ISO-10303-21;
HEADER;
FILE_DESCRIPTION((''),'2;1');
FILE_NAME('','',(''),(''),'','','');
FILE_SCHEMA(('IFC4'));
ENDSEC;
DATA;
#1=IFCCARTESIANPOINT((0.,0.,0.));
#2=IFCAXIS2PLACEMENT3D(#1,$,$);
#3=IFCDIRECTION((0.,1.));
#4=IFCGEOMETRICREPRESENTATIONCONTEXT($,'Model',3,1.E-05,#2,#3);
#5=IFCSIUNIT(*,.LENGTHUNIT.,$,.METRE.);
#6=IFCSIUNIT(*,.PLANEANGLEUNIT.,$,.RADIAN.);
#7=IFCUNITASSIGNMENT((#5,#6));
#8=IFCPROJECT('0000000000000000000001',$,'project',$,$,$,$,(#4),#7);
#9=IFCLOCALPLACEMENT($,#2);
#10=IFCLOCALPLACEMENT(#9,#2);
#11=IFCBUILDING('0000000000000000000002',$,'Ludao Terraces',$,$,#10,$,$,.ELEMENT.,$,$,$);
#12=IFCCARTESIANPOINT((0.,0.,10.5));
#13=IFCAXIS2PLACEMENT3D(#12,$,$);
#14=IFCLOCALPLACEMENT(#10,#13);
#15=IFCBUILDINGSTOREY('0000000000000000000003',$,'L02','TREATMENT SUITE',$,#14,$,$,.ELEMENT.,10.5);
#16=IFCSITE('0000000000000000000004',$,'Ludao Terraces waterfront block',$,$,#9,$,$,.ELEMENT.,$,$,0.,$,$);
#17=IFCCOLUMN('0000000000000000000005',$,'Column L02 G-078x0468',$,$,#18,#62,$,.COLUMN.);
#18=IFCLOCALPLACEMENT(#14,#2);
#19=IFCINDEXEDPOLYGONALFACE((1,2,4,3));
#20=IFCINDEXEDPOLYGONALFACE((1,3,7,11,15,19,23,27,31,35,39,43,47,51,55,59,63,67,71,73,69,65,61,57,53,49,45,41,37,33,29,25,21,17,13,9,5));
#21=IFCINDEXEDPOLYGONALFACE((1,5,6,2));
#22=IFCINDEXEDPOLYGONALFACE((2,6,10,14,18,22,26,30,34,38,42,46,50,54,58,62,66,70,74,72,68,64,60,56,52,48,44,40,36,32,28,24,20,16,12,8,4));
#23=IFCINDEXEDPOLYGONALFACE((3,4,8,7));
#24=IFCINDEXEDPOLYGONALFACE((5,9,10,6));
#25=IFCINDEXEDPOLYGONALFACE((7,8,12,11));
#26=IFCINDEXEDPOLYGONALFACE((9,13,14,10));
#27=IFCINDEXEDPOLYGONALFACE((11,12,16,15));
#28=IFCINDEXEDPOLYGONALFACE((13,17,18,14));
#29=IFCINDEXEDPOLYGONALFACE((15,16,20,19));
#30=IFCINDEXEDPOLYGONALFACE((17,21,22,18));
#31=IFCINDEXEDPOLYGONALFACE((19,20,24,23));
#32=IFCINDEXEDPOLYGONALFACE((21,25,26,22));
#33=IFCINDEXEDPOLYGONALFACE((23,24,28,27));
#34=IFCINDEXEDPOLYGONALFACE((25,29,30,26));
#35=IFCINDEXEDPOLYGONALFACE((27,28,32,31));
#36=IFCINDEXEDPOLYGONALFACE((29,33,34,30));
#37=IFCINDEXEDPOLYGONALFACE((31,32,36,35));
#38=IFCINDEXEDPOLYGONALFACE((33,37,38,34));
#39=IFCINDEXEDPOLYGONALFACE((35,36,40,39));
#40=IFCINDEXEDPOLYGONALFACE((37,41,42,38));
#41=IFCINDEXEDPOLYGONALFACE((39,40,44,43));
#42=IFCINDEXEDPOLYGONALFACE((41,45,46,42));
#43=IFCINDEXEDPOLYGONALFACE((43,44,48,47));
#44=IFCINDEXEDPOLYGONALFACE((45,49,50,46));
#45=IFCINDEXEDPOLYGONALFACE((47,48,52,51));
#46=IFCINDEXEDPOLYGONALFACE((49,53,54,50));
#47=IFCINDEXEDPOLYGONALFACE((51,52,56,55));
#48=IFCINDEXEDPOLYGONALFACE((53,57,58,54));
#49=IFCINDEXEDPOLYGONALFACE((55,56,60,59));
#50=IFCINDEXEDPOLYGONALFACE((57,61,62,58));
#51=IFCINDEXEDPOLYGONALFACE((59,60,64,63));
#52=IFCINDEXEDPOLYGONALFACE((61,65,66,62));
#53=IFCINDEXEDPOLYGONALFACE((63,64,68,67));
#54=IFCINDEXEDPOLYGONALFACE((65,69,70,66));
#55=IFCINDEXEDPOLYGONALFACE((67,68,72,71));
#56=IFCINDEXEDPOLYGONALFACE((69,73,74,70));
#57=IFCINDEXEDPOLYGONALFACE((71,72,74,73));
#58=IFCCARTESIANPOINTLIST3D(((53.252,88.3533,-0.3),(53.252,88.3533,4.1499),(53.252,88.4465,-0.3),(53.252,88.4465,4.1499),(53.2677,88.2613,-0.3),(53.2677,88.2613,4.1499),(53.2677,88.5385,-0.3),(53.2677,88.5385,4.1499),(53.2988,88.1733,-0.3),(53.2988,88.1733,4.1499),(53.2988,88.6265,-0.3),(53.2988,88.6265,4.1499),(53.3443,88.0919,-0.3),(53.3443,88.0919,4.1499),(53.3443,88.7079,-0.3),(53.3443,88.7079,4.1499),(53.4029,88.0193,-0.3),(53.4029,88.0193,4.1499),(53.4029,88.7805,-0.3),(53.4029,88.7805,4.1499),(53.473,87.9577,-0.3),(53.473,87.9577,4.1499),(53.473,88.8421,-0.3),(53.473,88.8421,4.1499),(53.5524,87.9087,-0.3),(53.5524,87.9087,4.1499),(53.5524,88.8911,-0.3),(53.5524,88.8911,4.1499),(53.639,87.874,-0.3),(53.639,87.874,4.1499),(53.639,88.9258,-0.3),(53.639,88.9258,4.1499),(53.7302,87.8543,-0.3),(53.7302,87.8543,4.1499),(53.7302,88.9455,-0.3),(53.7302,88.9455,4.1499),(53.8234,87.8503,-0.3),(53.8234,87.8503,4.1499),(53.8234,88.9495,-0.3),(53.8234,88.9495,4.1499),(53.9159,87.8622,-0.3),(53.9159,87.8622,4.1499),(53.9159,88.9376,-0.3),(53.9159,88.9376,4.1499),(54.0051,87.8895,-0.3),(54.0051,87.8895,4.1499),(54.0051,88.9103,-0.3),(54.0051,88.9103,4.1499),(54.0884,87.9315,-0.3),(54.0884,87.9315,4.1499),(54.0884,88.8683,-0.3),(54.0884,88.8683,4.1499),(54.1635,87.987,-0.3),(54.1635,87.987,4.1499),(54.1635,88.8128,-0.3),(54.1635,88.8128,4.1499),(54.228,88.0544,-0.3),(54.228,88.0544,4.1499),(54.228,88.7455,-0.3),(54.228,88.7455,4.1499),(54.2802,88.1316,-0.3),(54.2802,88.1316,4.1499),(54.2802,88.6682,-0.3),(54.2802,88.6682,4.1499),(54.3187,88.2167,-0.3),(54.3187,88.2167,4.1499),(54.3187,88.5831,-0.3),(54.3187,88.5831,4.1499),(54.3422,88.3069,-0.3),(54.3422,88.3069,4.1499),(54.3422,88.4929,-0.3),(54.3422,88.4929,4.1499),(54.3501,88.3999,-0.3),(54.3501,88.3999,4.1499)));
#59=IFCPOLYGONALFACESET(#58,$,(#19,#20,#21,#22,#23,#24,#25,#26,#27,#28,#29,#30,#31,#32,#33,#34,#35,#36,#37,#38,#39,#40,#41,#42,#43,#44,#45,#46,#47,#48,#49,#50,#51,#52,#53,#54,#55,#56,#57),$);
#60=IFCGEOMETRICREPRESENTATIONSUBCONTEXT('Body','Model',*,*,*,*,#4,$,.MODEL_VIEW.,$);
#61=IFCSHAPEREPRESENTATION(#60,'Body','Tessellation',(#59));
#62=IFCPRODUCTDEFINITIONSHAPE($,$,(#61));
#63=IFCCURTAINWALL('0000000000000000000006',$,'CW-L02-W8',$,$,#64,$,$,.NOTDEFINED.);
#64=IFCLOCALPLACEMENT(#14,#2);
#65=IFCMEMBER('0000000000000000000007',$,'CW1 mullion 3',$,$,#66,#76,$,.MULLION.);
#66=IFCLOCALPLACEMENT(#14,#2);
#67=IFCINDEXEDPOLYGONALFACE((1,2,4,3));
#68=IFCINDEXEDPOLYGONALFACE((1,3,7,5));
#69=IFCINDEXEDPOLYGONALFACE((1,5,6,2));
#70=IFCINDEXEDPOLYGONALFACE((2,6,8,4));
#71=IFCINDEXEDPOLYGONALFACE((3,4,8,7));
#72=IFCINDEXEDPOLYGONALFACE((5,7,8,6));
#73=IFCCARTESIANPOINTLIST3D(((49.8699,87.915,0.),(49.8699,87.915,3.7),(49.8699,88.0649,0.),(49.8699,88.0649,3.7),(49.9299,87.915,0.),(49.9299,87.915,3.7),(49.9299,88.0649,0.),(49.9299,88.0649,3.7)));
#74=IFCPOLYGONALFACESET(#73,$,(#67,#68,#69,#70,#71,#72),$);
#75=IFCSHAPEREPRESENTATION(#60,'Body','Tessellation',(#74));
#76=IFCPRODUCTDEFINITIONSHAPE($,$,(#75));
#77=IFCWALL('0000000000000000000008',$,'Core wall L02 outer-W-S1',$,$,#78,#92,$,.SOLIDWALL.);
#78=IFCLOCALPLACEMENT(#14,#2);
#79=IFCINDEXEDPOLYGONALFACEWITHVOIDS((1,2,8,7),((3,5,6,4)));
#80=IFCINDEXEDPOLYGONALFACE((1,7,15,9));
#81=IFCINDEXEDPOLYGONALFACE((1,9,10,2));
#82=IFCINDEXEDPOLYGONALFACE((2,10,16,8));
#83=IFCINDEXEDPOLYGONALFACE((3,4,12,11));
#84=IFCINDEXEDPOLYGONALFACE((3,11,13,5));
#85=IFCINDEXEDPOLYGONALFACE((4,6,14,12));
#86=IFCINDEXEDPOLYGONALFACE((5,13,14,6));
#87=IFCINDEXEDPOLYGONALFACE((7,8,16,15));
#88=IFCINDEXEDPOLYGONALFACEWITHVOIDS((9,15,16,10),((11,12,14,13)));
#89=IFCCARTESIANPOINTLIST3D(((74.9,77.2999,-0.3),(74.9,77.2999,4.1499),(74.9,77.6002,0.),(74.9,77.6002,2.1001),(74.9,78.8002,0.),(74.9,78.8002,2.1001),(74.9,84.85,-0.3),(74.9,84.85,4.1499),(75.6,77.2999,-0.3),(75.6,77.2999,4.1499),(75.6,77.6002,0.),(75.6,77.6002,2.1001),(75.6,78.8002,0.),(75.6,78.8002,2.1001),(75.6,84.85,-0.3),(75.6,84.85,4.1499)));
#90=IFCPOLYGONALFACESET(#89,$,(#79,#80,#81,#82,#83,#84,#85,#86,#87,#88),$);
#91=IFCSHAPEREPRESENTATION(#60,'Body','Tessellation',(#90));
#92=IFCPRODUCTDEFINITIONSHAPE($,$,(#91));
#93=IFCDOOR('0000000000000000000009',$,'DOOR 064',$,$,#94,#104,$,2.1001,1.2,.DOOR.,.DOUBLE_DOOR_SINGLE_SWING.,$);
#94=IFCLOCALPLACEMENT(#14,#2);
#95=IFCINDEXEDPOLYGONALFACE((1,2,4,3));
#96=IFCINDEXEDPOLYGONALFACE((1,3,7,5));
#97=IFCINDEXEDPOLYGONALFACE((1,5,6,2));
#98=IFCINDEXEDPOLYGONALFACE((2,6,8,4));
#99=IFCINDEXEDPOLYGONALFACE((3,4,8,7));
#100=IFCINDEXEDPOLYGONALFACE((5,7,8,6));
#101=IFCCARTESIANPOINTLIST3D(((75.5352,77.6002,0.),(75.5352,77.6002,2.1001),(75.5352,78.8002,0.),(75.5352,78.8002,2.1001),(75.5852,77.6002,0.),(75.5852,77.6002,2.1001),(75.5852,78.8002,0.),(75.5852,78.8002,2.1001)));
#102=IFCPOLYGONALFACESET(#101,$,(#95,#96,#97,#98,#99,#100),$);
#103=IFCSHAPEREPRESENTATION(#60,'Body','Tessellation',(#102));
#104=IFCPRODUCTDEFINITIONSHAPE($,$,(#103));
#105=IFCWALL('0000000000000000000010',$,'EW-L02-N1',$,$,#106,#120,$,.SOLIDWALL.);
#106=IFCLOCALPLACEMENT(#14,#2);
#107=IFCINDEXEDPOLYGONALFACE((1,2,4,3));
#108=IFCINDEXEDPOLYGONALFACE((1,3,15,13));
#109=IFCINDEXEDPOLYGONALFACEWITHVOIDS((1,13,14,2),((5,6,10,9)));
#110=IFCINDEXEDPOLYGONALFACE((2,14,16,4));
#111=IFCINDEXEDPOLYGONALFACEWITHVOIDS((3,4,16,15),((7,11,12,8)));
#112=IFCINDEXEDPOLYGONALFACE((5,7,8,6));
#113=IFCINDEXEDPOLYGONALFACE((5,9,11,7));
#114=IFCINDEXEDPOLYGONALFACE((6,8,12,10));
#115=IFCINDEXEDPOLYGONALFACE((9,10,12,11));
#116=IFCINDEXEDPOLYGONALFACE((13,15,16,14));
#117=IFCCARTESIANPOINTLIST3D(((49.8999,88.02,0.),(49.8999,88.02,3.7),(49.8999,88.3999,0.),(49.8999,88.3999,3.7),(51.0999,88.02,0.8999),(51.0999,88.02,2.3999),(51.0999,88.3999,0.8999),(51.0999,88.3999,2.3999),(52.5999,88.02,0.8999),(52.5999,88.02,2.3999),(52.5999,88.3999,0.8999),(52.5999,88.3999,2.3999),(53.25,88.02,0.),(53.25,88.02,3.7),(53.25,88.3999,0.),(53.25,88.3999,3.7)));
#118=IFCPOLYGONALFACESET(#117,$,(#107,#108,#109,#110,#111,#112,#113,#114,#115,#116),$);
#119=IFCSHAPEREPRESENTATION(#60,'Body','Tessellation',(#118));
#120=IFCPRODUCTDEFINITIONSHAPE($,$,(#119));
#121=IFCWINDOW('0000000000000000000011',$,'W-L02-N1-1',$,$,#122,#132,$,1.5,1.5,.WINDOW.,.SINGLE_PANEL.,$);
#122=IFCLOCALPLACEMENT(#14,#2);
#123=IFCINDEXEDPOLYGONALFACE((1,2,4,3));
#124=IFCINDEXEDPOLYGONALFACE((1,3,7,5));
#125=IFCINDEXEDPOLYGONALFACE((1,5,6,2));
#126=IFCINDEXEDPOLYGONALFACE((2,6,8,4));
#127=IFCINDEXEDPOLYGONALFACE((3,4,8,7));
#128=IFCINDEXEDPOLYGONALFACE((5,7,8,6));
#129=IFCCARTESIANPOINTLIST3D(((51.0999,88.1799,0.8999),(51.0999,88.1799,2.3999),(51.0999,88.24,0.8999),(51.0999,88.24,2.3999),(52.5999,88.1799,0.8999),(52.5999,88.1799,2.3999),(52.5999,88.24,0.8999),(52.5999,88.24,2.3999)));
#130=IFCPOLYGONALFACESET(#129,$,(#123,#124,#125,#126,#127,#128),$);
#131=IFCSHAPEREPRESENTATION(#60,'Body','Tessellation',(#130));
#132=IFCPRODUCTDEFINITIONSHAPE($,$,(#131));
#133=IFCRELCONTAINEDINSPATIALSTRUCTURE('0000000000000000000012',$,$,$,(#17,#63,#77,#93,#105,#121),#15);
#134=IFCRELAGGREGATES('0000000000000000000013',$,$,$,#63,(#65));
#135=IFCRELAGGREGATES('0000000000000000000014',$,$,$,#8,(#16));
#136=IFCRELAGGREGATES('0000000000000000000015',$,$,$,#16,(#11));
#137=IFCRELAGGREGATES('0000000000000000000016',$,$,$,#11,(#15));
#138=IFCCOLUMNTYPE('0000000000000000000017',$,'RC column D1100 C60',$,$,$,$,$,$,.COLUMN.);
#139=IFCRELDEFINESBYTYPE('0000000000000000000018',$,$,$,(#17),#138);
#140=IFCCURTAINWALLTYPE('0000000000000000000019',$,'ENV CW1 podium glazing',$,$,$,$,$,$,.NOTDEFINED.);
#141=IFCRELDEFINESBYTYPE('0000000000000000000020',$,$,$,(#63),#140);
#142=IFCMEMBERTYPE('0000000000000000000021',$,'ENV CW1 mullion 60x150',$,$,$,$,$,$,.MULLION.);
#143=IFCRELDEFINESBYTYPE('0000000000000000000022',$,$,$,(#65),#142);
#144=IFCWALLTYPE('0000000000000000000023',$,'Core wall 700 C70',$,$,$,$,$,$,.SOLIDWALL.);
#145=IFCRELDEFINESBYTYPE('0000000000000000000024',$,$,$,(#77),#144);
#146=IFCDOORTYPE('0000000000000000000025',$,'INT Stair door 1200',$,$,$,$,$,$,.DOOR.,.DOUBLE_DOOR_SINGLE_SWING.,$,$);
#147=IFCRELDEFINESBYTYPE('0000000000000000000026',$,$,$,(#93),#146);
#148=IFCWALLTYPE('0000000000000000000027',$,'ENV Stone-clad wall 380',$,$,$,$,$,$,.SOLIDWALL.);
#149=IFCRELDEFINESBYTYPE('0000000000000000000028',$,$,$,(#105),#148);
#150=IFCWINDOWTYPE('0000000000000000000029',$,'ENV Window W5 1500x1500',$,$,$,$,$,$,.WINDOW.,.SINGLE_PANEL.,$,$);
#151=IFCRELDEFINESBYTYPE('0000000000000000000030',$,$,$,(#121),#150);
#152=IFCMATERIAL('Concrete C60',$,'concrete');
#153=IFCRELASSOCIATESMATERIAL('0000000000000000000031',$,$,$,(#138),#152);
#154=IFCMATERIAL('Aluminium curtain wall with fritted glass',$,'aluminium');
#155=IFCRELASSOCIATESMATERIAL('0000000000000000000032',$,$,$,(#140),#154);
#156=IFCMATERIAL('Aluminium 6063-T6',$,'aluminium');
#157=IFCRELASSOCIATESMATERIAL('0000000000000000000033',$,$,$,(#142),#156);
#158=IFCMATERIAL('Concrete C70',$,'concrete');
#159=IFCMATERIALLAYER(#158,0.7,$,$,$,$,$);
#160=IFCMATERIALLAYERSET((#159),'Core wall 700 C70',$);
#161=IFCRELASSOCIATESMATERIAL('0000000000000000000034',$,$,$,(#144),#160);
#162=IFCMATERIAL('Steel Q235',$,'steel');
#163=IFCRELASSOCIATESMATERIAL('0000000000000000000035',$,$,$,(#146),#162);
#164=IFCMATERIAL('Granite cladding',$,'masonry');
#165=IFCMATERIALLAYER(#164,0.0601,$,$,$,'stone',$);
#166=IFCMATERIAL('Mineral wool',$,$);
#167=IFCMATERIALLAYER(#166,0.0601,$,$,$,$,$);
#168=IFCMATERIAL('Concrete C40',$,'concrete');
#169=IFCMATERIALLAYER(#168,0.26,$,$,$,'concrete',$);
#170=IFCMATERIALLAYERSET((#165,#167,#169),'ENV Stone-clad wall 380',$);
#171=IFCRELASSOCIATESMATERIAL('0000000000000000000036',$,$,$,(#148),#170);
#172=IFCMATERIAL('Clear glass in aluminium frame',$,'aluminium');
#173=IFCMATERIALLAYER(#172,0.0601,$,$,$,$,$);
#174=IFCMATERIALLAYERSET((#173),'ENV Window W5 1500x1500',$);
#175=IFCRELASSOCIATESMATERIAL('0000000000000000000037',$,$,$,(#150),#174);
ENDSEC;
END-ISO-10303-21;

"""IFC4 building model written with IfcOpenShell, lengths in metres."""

from ifc_helpers import new_model, si_unit, direction, frame, frame_2d, origin, origin_2d, place, context, subcontext, project, spatial, rectangle, circle, extrude, material, layer, layer_set, material_profile, profile_set, type_object, element, fill, aggregate, save


model = new_model("IFC4")

# Units and contexts
model_context = context("Model", 3, precision=1e-05, world=origin(), true_north=direction((0.0, 1.0)))
body_context = subcontext(model_context, "Body", "Model", "MODEL_VIEW")
ifc_project = project(units=[si_unit("LENGTHUNIT", "METRE"), si_unit("PLANEANGLEUNIT", "RADIAN")], contexts=[model_context])

# Site, building, storey
site_placement = place(None, origin())
site = spatial("IfcSite", under=ifc_project, at=site_placement, Name="Ludao Terraces waterfront block", CompositionType="ELEMENT", RefElevation=0.0)
building_placement = place(site_placement, origin())
building = spatial("IfcBuilding", under=site, at=building_placement, Name="Ludao Terraces", CompositionType="ELEMENT")
storey_placement = place(building_placement, frame((0.0, 0.0, 10.5)))
storey = spatial("IfcBuildingStorey", under=building, at=storey_placement, Name="L02", Description="TREATMENT SUITE", CompositionType="ELEMENT", Elevation=10.5)

# Column
ifc_material_1 = material(Name="Concrete C60", Category="concrete")
ifc_material_profile_1 = material_profile(ifc_material_1, circle(Radius=0.55, at=origin_2d()), Name="D1100")
ifc_profile_set_1 = profile_set([ifc_material_profile_1], Name="Concrete C60")
column_type_1 = type_object("IfcColumnType", Name="RC column D1100 C60", PredefinedType="COLUMN", material=ifc_profile_set_1)
for number, where, z_axis, x_axis, name in (
    (1, (53.8, 88.3999, -0.3), (0.0, 0.0, 1.0), (1.0, 0.0, 0.0), "Column L02 G-078x0468"),
):
    element("IfcColumn", number, at=place(storey_placement, frame(where, z_axis=z_axis, x_axis=x_axis)), inside=storey, type_object=column_type_1, Name=name, PredefinedType="COLUMN", context=body_context, shape_type="SweptSolid", body=[
        extrude(circle(Radius=0.55, at=origin_2d()), origin(), (0.0, 0.0, 1.0), 4.45),
    ])

# Curtain wall, member
ifc_material_2 = material(Name="Aluminium curtain wall with fritted glass", Category="aluminium")
curtain_wall_type = type_object("IfcCurtainWallType", Name="ENV CW1 podium glazing", PredefinedType="NOTDEFINED", material=ifc_material_2)
curtain_wall_placement = place(storey_placement, origin())
curtain_wall = element("IfcCurtainWall", 2, at=curtain_wall_placement, inside=storey, type_object=curtain_wall_type, Name="CW-L02-W8", PredefinedType="NOTDEFINED")
ifc_material_3 = material(Name="Aluminium 6063-T6", Category="aluminium")
ifc_material_profile_2 = material_profile(ifc_material_3, rectangle(XDim=0.0601, YDim=0.1499, at=origin_2d()), Name="60 X 150")
ifc_profile_set_2 = profile_set([ifc_material_profile_2], Name="Aluminium 6063-T6")
member_type = type_object("IfcMemberType", Name="ENV CW1 mullion 60x150", PredefinedType="MULLION", material=ifc_profile_set_2)
member_placement = place(storey_placement, frame((49.8999, 87.99, 0.0), z_axis=(0.0, 0.0, 1.0), x_axis=(-1.0, 0.0, 0.0)))
member = element("IfcMember", 3, at=member_placement, type_object=member_type, Name="CW1 mullion 3", PredefinedType="MULLION", context=body_context, shape_type="SweptSolid", body=[
    extrude(rectangle(XDim=0.0601, YDim=0.1499, at=origin_2d()), origin(), (0.0, 0.0, 1.0), 3.7),
])
aggregate(curtain_wall, [member])

# Wall, opening, door
ifc_material_4 = material(Name="Concrete C70", Category="concrete")
ifc_layer_1 = layer(ifc_material_4, 0.7)
ifc_layer_set_1 = layer_set([ifc_layer_1], Name="Core wall 700 C70")
wall_type_1 = type_object("IfcWallType", Name="Core wall 700 C70", PredefinedType="SOLIDWALL", material=ifc_layer_set_1)
wall_1_placement = place(storey_placement, frame((75.25, 77.3, -0.3), z_axis=(0.0, 0.0, 1.0), x_axis=(0.0, 1.0, 0.0)))
wall_1 = element("IfcWall", 4, at=wall_1_placement, inside=storey, type_object=wall_type_1, Name="Core wall L02 outer-W-S1", PredefinedType="SOLIDWALL", context=body_context, shape_type="SweptSolid", body=[
    extrude(rectangle(XDim=7.55, YDim=0.7, at=frame_2d((3.7749, 0.0))), origin(), (0.0, 0.0, 1.0), 4.45),
])
opening_1_placement = place(wall_1_placement, frame((0.3, 0.0, 0.3)))
opening_1 = element("IfcOpeningElement", 5, at=opening_1_placement, cuts=wall_1, PredefinedType="OPENING", context=body_context, shape_type="SweptSolid", body=[
    extrude(rectangle(XDim=1.2, YDim=2.1001, at=frame_2d((0.6001, 1.05))), frame((0.0, 0.3599, 0.0), z_axis=(0.0, -1.0, 0.0), x_axis=(1.0, 0.0, 0.0)), (0.0, 0.0, 1.0), 0.72),
])
ifc_material_5 = material(Name="Steel Q235", Category="steel")
door_type_1 = type_object("IfcDoorType", Name="INT Stair door 1200", OperationType="DOUBLE_DOOR_SINGLE_SWING", PredefinedType="DOOR", material=ifc_material_5)
door_1_placement = place(opening_1_placement, origin())
door_1 = element("IfcDoor", 6, at=door_1_placement, inside=storey, type_object=door_type_1, Name="DOOR 064", OperationType="DOUBLE_DOOR_SINGLE_SWING", OverallHeight=2.1001, OverallWidth=1.2, PredefinedType="DOOR", context=body_context, shape_type="SweptSolid", body=[
    extrude(rectangle(XDim=1.2, YDim=2.1001, at=frame_2d((0.6001, 1.05))), frame((0.0, -0.2852, 0.0), z_axis=(0.0, -1.0, 0.0), x_axis=(1.0, 0.0, 0.0)), (0.0, 0.0, 1.0), 0.05),
])
fill(opening_1, door_1)

# Wall, opening, window
ifc_material_6 = material(Name="Granite cladding", Category="masonry")
ifc_layer_2 = layer(ifc_material_6, 0.0601, Category="stone")
ifc_material_7 = material(Name="Mineral wool")
ifc_layer_3 = layer(ifc_material_7, 0.0601)
ifc_material_8 = material(Name="Concrete C40", Category="concrete")
ifc_layer_4 = layer(ifc_material_8, 0.26, Category="concrete")
ifc_layer_set_2 = layer_set([ifc_layer_2, ifc_layer_3, ifc_layer_4], Name="ENV Stone-clad wall 380")
wall_type_2 = type_object("IfcWallType", Name="ENV Stone-clad wall 380", PredefinedType="SOLIDWALL", material=ifc_layer_set_2)
wall_2_placement = place(storey_placement, frame((49.8999, 88.21, 0.0), z_axis=(0.0, 0.0, 1.0), x_axis=(1.0, 0.0, 0.0)))
wall_2 = element("IfcWall", 7, at=wall_2_placement, inside=storey, type_object=wall_type_2, Name="EW-L02-N1", PredefinedType="SOLIDWALL", context=body_context, shape_type="SweptSolid", body=[
    extrude(rectangle(XDim=3.3501, YDim=0.3799, at=frame_2d((1.675, 0.0))), origin(), (0.0, 0.0, 1.0), 3.7),
])
opening_2_placement = place(wall_2_placement, frame((1.2, 0.0, 0.8999)))
opening_2 = element("IfcOpeningElement", 8, at=opening_2_placement, cuts=wall_2, PredefinedType="OPENING", context=body_context, shape_type="SweptSolid", body=[
    extrude(rectangle(XDim=1.5, YDim=1.5, at=frame_2d((0.75, 0.75))), frame((0.0, 0.2, 0.0), z_axis=(0.0, -1.0, 0.0), x_axis=(1.0, 0.0, 0.0)), (0.0, 0.0, 1.0), 0.3999),
])
ifc_material_9 = material(Name="Clear glass in aluminium frame", Category="aluminium")
ifc_layer_5 = layer(ifc_material_9, 0.0601)
ifc_layer_set_3 = layer_set([ifc_layer_5], Name="ENV Window W5 1500x1500")
window_type = type_object("IfcWindowType", Name="ENV Window W5 1500x1500", PartitioningType="SINGLE_PANEL", PredefinedType="WINDOW", material=ifc_layer_set_3)
window_1_placement = place(opening_2_placement, origin())
window_1 = element("IfcWindow", 9, at=window_1_placement, inside=storey, type_object=window_type, Name="W-L02-N1-1", OverallHeight=1.5, OverallWidth=1.5, PartitioningType="SINGLE_PANEL", PredefinedType="WINDOW", context=body_context, shape_type="SweptSolid", body=[
    extrude(rectangle(XDim=1.5, YDim=1.5, at=frame_2d((0.75, 0.75))), frame((0.0, 0.03, 0.0), z_axis=(0.0, -1.0, 0.0), x_axis=(1.0, 0.0, 0.0)), (0.0, 0.0, 1.0), 0.0601),
])
fill(opening_2, window_1)

save(model, "model.ifc")
